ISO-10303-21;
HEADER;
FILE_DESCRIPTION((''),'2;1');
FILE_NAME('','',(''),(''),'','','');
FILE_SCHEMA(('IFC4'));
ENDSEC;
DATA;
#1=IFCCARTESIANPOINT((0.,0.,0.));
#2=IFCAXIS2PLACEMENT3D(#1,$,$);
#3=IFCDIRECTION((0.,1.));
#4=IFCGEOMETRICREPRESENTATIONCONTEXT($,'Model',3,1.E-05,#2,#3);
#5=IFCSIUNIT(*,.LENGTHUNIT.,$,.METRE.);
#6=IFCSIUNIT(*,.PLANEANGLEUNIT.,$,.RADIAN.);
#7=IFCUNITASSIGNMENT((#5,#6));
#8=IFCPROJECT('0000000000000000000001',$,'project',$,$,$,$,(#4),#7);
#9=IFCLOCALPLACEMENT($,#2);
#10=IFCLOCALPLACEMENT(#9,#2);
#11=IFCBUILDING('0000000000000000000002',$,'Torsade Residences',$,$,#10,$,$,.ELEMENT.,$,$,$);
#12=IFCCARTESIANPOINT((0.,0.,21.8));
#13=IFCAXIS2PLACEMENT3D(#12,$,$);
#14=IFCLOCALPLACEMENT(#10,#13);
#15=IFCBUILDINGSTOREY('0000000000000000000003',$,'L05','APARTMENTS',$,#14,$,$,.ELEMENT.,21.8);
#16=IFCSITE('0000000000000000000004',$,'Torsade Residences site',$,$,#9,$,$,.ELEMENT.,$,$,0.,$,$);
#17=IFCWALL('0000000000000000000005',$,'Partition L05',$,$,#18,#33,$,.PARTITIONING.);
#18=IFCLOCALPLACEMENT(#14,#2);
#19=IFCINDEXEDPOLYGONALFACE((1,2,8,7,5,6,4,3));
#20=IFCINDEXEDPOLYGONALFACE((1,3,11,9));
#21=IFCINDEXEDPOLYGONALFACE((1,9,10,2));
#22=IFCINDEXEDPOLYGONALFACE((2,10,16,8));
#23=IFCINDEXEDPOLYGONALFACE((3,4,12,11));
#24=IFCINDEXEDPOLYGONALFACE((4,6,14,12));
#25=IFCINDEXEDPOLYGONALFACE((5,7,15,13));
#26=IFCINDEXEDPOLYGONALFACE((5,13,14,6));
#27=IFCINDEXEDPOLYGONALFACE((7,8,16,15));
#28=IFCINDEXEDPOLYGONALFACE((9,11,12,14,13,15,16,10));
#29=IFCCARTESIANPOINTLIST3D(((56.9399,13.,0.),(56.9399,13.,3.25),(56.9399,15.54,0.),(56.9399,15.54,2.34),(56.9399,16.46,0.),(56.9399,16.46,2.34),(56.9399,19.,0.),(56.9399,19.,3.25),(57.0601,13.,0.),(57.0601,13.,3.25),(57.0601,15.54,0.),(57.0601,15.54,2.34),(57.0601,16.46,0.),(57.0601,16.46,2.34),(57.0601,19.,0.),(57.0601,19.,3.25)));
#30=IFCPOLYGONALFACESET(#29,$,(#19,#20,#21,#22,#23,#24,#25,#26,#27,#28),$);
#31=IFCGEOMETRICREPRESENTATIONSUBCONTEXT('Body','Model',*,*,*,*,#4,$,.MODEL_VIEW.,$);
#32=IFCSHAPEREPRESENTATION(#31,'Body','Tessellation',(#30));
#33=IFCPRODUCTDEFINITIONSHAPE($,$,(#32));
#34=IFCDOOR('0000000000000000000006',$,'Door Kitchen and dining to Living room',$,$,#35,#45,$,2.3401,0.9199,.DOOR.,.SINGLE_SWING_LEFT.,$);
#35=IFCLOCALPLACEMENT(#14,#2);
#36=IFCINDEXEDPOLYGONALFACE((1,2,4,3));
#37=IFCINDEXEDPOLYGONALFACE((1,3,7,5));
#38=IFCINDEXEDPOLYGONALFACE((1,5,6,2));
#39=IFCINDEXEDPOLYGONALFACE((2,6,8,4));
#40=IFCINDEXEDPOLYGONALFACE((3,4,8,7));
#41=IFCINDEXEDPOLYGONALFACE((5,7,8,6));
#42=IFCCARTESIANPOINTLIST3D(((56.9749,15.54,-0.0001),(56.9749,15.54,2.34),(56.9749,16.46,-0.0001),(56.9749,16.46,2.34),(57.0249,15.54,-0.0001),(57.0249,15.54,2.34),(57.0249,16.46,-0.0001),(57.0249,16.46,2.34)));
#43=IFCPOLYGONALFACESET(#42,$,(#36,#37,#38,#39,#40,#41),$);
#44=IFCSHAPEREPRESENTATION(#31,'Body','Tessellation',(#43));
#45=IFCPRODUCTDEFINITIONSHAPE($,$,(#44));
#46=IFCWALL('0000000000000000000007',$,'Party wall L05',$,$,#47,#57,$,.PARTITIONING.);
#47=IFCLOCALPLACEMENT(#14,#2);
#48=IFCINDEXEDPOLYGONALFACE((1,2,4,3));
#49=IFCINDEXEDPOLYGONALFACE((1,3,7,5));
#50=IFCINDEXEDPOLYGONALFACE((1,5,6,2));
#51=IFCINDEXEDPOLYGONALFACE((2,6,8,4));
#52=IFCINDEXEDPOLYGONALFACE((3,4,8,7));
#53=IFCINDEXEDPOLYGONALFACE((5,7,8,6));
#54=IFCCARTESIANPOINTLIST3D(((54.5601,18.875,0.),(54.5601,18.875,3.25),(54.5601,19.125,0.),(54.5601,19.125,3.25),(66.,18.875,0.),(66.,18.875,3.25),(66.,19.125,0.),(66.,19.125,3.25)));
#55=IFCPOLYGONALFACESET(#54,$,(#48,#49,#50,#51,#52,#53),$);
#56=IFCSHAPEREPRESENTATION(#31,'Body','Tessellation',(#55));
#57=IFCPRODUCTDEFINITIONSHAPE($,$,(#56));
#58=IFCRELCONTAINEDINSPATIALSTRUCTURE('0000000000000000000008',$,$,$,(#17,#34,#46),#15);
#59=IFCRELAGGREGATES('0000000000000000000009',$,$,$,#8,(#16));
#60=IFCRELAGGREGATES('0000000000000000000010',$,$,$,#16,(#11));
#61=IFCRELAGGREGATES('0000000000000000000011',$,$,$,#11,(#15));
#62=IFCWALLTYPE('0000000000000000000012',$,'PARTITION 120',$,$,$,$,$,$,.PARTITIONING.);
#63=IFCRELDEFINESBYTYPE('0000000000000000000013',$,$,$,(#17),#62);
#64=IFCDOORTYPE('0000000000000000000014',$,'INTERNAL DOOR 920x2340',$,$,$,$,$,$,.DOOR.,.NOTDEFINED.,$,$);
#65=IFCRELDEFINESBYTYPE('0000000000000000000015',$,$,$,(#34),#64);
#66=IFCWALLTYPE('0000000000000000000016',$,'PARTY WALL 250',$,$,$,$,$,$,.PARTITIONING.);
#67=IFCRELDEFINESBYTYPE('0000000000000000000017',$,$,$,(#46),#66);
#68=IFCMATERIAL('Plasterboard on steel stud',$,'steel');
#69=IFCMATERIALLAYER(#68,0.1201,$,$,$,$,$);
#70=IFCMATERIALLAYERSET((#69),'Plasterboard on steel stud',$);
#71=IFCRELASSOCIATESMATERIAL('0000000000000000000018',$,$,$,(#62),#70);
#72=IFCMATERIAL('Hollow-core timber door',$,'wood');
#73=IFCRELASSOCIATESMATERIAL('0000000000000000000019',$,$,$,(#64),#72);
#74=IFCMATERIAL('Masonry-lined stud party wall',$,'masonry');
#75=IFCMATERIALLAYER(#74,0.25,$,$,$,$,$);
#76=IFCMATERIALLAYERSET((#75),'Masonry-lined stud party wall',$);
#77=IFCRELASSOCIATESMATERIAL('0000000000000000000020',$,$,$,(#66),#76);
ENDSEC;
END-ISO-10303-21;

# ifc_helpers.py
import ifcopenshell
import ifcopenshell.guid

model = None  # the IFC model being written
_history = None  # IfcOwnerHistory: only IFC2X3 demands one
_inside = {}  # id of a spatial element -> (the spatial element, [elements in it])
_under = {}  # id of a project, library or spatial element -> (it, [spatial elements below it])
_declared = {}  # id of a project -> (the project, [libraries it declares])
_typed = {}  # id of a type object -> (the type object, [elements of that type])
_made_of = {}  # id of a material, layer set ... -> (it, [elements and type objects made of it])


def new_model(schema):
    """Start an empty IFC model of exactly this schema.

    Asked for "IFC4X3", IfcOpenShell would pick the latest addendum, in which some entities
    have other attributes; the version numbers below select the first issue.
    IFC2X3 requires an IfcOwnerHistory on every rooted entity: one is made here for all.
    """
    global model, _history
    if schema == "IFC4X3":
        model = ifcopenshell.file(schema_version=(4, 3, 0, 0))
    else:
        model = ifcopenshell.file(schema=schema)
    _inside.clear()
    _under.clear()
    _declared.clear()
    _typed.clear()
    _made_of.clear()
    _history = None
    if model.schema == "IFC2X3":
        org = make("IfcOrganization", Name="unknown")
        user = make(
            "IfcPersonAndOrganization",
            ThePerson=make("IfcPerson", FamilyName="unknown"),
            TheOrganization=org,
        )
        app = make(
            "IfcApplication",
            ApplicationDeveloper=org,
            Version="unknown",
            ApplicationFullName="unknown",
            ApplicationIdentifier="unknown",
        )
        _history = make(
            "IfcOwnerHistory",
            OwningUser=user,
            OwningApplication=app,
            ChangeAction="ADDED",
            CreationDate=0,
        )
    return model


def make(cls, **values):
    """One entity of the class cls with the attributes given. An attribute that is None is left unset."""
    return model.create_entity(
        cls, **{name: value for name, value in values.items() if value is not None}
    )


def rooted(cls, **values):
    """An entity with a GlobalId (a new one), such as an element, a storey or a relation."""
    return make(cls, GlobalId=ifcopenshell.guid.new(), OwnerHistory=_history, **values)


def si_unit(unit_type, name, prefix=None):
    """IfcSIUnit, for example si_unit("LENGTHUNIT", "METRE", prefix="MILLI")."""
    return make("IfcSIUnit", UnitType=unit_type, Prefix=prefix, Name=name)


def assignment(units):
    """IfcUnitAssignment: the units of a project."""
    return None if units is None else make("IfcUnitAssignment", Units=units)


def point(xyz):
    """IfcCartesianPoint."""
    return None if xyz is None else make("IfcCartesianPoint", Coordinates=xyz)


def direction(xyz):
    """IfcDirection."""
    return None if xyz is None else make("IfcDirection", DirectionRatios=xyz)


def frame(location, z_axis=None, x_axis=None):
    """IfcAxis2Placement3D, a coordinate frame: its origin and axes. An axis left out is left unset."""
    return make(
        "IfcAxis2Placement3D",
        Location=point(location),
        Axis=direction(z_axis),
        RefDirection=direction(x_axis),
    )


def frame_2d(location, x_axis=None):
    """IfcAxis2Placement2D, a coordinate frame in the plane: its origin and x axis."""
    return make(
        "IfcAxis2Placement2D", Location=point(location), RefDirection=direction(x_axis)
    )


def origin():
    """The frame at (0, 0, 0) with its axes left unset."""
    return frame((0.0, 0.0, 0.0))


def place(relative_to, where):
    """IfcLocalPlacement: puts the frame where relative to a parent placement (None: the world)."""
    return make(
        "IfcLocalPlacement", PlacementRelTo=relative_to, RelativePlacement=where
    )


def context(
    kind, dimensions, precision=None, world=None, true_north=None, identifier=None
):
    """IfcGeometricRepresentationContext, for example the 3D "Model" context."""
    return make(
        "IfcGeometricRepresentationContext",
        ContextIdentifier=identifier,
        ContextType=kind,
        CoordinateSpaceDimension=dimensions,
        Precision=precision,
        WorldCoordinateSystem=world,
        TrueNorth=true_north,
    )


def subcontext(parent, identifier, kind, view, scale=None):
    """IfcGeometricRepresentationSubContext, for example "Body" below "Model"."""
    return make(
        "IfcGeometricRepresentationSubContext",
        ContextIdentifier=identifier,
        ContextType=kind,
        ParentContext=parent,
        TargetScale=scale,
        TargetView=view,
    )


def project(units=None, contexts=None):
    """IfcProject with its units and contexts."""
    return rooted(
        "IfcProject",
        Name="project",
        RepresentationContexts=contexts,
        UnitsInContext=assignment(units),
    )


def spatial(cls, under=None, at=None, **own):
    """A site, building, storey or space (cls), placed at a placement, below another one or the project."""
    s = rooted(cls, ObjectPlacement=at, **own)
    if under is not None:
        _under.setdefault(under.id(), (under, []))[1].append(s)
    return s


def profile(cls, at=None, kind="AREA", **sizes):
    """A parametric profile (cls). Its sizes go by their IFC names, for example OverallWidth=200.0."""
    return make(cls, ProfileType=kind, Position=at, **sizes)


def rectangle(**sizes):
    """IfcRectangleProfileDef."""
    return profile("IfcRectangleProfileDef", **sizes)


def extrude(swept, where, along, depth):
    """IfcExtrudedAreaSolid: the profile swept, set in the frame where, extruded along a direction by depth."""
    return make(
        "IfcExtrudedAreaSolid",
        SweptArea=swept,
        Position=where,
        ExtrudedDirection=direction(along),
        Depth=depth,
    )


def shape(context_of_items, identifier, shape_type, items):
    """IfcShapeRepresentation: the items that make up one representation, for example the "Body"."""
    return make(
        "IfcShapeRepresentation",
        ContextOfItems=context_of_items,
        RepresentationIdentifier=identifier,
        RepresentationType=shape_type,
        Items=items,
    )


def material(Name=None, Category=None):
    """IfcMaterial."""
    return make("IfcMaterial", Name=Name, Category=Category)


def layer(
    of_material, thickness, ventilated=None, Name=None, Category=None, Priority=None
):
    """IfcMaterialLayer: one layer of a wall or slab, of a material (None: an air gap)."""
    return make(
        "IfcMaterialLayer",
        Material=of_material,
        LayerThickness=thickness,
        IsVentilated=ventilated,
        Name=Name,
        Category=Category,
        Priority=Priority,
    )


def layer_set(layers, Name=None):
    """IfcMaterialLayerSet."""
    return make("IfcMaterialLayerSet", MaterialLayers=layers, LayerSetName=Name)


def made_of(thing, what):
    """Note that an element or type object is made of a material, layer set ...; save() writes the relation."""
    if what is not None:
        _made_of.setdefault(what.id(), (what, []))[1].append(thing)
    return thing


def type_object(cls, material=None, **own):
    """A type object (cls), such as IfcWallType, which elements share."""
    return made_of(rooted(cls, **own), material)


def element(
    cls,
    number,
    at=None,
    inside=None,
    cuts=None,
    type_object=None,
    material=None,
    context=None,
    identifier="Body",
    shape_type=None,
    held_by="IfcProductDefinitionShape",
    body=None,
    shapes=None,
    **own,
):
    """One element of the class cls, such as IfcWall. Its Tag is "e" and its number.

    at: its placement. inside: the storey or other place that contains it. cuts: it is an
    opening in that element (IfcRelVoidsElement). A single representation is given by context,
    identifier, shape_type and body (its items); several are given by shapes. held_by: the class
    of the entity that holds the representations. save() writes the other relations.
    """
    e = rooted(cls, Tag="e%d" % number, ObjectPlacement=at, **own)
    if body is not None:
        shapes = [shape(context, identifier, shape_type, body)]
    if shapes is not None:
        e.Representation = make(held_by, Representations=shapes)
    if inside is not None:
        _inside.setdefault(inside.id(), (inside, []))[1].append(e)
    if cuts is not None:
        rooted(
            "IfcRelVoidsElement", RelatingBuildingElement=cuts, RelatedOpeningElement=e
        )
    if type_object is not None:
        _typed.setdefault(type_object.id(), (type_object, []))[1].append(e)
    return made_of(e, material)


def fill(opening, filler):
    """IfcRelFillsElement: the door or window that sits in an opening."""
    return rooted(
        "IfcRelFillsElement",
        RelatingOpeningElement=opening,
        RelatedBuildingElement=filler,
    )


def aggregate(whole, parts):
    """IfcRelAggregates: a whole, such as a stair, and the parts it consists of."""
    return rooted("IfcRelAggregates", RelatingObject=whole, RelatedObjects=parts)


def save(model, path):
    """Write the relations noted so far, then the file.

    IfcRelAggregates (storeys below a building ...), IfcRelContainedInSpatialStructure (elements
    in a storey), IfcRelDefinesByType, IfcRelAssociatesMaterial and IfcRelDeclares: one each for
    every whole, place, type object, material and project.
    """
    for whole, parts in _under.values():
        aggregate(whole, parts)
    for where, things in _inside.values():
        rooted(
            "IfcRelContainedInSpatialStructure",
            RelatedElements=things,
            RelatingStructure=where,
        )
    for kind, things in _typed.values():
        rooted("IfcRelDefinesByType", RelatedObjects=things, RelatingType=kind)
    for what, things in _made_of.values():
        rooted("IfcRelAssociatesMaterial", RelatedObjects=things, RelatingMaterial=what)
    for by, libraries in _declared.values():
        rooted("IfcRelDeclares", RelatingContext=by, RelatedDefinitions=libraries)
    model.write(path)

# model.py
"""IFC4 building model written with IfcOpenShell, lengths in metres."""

from ifc_helpers import new_model, si_unit, direction, frame, frame_2d, origin, place, context, subcontext, project, spatial, rectangle, extrude, material, layer, layer_set, type_object, element, fill, save


model = new_model("IFC4")

# Units and contexts
model_context = context("Model", 3, precision=1e-05, world=origin(), true_north=direction((0.0, 1.0)))
body_context = subcontext(model_context, "Body", "Model", "MODEL_VIEW")
ifc_project = project(units=[si_unit("LENGTHUNIT", "METRE"), si_unit("PLANEANGLEUNIT", "RADIAN")], contexts=[model_context])

# Site, building, storey
site_placement = place(None, origin())
site = spatial("IfcSite", under=ifc_project, at=site_placement, Name="Torsade Residences site", CompositionType="ELEMENT", RefElevation=0.0)
building_placement = place(site_placement, origin())
building = spatial("IfcBuilding", under=site, at=building_placement, Name="Torsade Residences", CompositionType="ELEMENT")
storey_placement = place(building_placement, frame((0.0, 0.0, 21.8)))
storey = spatial("IfcBuildingStorey", under=building, at=storey_placement, Name="L05", Description="APARTMENTS", CompositionType="ELEMENT", Elevation=21.8)

# Wall, opening, door
ifc_material_1 = material(Name="Plasterboard on steel stud", Category="steel")
ifc_layer_1 = layer(ifc_material_1, 0.1201)
ifc_layer_set_1 = layer_set([ifc_layer_1], Name="Plasterboard on steel stud")
wall_type_1 = type_object("IfcWallType", Name="PARTITION 120", PredefinedType="PARTITIONING", material=ifc_layer_set_1)
wall_1_placement = place(storey_placement, frame((57.0, 19.0, 0.0), z_axis=(0.0, 0.0, 1.0), x_axis=(0.0, -1.0, 0.0)))
wall_1 = element("IfcWall", 1, at=wall_1_placement, inside=storey, type_object=wall_type_1, Name="Partition L05", PredefinedType="PARTITIONING", context=body_context, shape_type="SweptSolid", body=[
    extrude(rectangle(XDim=6.0, YDim=0.1201, at=frame_2d((3.0, 0.0))), origin(), (0.0, 0.0, 1.0), 3.25),
])
opening_1_placement = place(wall_1_placement, frame((2.54, 0.0, 0.0)))
opening_1 = element("IfcOpeningElement", 2, at=opening_1_placement, cuts=wall_1, PredefinedType="OPENING", context=body_context, shape_type="SweptSolid", body=[
    extrude(rectangle(XDim=0.9199, YDim=2.3401, at=frame_2d((0.46, 1.1699))), frame((0.0, 0.0701, 0.0), z_axis=(0.0, -1.0, 0.0), x_axis=(1.0, 0.0, 0.0)), (0.0, 0.0, 1.0), 0.1401),
])
ifc_material_2 = material(Name="Hollow-core timber door", Category="wood")
door_type_1 = type_object("IfcDoorType", Name="INTERNAL DOOR 920x2340", OperationType="NOTDEFINED", PredefinedType="DOOR", material=ifc_material_2)
door_1_placement = place(opening_1_placement, origin())
door_1 = element("IfcDoor", 3, at=door_1_placement, inside=storey, type_object=door_type_1, Name="Door Kitchen and dining to Living room", OperationType="SINGLE_SWING_LEFT", OverallHeight=2.3401, OverallWidth=0.9199, PredefinedType="DOOR", context=body_context, shape_type="SweptSolid", body=[
    extrude(rectangle(XDim=0.9199, YDim=2.3401, at=frame_2d((0.46, 1.1699))), frame((0.0, 0.0249, 0.0), z_axis=(0.0, -1.0, 0.0), x_axis=(1.0, 0.0, 0.0)), (0.0, 0.0, 1.0), 0.05),
])
fill(opening_1, door_1)

# Wall
ifc_material_3 = material(Name="Masonry-lined stud party wall", Category="masonry")
ifc_layer_2 = layer(ifc_material_3, 0.25)
ifc_layer_set_2 = layer_set([ifc_layer_2], Name="Masonry-lined stud party wall")
wall_type_2 = type_object("IfcWallType", Name="PARTY WALL 250", PredefinedType="PARTITIONING", material=ifc_layer_set_2)
wall_2_placement = place(storey_placement, frame((66.0, 19.0, 0.0), z_axis=(0.0, 0.0, 1.0), x_axis=(-1.0, 0.0, 0.0)))
element("IfcWall", 4, at=wall_2_placement, inside=storey, type_object=wall_type_2, Name="Party wall L05", PredefinedType="PARTITIONING", context=body_context, shape_type="SweptSolid", body=[
    extrude(rectangle(XDim=11.4399, YDim=0.25, at=frame_2d((5.72, 0.0))), origin(), (0.0, 0.0, 1.0), 3.25),
])

save(model, "model.ifc")
